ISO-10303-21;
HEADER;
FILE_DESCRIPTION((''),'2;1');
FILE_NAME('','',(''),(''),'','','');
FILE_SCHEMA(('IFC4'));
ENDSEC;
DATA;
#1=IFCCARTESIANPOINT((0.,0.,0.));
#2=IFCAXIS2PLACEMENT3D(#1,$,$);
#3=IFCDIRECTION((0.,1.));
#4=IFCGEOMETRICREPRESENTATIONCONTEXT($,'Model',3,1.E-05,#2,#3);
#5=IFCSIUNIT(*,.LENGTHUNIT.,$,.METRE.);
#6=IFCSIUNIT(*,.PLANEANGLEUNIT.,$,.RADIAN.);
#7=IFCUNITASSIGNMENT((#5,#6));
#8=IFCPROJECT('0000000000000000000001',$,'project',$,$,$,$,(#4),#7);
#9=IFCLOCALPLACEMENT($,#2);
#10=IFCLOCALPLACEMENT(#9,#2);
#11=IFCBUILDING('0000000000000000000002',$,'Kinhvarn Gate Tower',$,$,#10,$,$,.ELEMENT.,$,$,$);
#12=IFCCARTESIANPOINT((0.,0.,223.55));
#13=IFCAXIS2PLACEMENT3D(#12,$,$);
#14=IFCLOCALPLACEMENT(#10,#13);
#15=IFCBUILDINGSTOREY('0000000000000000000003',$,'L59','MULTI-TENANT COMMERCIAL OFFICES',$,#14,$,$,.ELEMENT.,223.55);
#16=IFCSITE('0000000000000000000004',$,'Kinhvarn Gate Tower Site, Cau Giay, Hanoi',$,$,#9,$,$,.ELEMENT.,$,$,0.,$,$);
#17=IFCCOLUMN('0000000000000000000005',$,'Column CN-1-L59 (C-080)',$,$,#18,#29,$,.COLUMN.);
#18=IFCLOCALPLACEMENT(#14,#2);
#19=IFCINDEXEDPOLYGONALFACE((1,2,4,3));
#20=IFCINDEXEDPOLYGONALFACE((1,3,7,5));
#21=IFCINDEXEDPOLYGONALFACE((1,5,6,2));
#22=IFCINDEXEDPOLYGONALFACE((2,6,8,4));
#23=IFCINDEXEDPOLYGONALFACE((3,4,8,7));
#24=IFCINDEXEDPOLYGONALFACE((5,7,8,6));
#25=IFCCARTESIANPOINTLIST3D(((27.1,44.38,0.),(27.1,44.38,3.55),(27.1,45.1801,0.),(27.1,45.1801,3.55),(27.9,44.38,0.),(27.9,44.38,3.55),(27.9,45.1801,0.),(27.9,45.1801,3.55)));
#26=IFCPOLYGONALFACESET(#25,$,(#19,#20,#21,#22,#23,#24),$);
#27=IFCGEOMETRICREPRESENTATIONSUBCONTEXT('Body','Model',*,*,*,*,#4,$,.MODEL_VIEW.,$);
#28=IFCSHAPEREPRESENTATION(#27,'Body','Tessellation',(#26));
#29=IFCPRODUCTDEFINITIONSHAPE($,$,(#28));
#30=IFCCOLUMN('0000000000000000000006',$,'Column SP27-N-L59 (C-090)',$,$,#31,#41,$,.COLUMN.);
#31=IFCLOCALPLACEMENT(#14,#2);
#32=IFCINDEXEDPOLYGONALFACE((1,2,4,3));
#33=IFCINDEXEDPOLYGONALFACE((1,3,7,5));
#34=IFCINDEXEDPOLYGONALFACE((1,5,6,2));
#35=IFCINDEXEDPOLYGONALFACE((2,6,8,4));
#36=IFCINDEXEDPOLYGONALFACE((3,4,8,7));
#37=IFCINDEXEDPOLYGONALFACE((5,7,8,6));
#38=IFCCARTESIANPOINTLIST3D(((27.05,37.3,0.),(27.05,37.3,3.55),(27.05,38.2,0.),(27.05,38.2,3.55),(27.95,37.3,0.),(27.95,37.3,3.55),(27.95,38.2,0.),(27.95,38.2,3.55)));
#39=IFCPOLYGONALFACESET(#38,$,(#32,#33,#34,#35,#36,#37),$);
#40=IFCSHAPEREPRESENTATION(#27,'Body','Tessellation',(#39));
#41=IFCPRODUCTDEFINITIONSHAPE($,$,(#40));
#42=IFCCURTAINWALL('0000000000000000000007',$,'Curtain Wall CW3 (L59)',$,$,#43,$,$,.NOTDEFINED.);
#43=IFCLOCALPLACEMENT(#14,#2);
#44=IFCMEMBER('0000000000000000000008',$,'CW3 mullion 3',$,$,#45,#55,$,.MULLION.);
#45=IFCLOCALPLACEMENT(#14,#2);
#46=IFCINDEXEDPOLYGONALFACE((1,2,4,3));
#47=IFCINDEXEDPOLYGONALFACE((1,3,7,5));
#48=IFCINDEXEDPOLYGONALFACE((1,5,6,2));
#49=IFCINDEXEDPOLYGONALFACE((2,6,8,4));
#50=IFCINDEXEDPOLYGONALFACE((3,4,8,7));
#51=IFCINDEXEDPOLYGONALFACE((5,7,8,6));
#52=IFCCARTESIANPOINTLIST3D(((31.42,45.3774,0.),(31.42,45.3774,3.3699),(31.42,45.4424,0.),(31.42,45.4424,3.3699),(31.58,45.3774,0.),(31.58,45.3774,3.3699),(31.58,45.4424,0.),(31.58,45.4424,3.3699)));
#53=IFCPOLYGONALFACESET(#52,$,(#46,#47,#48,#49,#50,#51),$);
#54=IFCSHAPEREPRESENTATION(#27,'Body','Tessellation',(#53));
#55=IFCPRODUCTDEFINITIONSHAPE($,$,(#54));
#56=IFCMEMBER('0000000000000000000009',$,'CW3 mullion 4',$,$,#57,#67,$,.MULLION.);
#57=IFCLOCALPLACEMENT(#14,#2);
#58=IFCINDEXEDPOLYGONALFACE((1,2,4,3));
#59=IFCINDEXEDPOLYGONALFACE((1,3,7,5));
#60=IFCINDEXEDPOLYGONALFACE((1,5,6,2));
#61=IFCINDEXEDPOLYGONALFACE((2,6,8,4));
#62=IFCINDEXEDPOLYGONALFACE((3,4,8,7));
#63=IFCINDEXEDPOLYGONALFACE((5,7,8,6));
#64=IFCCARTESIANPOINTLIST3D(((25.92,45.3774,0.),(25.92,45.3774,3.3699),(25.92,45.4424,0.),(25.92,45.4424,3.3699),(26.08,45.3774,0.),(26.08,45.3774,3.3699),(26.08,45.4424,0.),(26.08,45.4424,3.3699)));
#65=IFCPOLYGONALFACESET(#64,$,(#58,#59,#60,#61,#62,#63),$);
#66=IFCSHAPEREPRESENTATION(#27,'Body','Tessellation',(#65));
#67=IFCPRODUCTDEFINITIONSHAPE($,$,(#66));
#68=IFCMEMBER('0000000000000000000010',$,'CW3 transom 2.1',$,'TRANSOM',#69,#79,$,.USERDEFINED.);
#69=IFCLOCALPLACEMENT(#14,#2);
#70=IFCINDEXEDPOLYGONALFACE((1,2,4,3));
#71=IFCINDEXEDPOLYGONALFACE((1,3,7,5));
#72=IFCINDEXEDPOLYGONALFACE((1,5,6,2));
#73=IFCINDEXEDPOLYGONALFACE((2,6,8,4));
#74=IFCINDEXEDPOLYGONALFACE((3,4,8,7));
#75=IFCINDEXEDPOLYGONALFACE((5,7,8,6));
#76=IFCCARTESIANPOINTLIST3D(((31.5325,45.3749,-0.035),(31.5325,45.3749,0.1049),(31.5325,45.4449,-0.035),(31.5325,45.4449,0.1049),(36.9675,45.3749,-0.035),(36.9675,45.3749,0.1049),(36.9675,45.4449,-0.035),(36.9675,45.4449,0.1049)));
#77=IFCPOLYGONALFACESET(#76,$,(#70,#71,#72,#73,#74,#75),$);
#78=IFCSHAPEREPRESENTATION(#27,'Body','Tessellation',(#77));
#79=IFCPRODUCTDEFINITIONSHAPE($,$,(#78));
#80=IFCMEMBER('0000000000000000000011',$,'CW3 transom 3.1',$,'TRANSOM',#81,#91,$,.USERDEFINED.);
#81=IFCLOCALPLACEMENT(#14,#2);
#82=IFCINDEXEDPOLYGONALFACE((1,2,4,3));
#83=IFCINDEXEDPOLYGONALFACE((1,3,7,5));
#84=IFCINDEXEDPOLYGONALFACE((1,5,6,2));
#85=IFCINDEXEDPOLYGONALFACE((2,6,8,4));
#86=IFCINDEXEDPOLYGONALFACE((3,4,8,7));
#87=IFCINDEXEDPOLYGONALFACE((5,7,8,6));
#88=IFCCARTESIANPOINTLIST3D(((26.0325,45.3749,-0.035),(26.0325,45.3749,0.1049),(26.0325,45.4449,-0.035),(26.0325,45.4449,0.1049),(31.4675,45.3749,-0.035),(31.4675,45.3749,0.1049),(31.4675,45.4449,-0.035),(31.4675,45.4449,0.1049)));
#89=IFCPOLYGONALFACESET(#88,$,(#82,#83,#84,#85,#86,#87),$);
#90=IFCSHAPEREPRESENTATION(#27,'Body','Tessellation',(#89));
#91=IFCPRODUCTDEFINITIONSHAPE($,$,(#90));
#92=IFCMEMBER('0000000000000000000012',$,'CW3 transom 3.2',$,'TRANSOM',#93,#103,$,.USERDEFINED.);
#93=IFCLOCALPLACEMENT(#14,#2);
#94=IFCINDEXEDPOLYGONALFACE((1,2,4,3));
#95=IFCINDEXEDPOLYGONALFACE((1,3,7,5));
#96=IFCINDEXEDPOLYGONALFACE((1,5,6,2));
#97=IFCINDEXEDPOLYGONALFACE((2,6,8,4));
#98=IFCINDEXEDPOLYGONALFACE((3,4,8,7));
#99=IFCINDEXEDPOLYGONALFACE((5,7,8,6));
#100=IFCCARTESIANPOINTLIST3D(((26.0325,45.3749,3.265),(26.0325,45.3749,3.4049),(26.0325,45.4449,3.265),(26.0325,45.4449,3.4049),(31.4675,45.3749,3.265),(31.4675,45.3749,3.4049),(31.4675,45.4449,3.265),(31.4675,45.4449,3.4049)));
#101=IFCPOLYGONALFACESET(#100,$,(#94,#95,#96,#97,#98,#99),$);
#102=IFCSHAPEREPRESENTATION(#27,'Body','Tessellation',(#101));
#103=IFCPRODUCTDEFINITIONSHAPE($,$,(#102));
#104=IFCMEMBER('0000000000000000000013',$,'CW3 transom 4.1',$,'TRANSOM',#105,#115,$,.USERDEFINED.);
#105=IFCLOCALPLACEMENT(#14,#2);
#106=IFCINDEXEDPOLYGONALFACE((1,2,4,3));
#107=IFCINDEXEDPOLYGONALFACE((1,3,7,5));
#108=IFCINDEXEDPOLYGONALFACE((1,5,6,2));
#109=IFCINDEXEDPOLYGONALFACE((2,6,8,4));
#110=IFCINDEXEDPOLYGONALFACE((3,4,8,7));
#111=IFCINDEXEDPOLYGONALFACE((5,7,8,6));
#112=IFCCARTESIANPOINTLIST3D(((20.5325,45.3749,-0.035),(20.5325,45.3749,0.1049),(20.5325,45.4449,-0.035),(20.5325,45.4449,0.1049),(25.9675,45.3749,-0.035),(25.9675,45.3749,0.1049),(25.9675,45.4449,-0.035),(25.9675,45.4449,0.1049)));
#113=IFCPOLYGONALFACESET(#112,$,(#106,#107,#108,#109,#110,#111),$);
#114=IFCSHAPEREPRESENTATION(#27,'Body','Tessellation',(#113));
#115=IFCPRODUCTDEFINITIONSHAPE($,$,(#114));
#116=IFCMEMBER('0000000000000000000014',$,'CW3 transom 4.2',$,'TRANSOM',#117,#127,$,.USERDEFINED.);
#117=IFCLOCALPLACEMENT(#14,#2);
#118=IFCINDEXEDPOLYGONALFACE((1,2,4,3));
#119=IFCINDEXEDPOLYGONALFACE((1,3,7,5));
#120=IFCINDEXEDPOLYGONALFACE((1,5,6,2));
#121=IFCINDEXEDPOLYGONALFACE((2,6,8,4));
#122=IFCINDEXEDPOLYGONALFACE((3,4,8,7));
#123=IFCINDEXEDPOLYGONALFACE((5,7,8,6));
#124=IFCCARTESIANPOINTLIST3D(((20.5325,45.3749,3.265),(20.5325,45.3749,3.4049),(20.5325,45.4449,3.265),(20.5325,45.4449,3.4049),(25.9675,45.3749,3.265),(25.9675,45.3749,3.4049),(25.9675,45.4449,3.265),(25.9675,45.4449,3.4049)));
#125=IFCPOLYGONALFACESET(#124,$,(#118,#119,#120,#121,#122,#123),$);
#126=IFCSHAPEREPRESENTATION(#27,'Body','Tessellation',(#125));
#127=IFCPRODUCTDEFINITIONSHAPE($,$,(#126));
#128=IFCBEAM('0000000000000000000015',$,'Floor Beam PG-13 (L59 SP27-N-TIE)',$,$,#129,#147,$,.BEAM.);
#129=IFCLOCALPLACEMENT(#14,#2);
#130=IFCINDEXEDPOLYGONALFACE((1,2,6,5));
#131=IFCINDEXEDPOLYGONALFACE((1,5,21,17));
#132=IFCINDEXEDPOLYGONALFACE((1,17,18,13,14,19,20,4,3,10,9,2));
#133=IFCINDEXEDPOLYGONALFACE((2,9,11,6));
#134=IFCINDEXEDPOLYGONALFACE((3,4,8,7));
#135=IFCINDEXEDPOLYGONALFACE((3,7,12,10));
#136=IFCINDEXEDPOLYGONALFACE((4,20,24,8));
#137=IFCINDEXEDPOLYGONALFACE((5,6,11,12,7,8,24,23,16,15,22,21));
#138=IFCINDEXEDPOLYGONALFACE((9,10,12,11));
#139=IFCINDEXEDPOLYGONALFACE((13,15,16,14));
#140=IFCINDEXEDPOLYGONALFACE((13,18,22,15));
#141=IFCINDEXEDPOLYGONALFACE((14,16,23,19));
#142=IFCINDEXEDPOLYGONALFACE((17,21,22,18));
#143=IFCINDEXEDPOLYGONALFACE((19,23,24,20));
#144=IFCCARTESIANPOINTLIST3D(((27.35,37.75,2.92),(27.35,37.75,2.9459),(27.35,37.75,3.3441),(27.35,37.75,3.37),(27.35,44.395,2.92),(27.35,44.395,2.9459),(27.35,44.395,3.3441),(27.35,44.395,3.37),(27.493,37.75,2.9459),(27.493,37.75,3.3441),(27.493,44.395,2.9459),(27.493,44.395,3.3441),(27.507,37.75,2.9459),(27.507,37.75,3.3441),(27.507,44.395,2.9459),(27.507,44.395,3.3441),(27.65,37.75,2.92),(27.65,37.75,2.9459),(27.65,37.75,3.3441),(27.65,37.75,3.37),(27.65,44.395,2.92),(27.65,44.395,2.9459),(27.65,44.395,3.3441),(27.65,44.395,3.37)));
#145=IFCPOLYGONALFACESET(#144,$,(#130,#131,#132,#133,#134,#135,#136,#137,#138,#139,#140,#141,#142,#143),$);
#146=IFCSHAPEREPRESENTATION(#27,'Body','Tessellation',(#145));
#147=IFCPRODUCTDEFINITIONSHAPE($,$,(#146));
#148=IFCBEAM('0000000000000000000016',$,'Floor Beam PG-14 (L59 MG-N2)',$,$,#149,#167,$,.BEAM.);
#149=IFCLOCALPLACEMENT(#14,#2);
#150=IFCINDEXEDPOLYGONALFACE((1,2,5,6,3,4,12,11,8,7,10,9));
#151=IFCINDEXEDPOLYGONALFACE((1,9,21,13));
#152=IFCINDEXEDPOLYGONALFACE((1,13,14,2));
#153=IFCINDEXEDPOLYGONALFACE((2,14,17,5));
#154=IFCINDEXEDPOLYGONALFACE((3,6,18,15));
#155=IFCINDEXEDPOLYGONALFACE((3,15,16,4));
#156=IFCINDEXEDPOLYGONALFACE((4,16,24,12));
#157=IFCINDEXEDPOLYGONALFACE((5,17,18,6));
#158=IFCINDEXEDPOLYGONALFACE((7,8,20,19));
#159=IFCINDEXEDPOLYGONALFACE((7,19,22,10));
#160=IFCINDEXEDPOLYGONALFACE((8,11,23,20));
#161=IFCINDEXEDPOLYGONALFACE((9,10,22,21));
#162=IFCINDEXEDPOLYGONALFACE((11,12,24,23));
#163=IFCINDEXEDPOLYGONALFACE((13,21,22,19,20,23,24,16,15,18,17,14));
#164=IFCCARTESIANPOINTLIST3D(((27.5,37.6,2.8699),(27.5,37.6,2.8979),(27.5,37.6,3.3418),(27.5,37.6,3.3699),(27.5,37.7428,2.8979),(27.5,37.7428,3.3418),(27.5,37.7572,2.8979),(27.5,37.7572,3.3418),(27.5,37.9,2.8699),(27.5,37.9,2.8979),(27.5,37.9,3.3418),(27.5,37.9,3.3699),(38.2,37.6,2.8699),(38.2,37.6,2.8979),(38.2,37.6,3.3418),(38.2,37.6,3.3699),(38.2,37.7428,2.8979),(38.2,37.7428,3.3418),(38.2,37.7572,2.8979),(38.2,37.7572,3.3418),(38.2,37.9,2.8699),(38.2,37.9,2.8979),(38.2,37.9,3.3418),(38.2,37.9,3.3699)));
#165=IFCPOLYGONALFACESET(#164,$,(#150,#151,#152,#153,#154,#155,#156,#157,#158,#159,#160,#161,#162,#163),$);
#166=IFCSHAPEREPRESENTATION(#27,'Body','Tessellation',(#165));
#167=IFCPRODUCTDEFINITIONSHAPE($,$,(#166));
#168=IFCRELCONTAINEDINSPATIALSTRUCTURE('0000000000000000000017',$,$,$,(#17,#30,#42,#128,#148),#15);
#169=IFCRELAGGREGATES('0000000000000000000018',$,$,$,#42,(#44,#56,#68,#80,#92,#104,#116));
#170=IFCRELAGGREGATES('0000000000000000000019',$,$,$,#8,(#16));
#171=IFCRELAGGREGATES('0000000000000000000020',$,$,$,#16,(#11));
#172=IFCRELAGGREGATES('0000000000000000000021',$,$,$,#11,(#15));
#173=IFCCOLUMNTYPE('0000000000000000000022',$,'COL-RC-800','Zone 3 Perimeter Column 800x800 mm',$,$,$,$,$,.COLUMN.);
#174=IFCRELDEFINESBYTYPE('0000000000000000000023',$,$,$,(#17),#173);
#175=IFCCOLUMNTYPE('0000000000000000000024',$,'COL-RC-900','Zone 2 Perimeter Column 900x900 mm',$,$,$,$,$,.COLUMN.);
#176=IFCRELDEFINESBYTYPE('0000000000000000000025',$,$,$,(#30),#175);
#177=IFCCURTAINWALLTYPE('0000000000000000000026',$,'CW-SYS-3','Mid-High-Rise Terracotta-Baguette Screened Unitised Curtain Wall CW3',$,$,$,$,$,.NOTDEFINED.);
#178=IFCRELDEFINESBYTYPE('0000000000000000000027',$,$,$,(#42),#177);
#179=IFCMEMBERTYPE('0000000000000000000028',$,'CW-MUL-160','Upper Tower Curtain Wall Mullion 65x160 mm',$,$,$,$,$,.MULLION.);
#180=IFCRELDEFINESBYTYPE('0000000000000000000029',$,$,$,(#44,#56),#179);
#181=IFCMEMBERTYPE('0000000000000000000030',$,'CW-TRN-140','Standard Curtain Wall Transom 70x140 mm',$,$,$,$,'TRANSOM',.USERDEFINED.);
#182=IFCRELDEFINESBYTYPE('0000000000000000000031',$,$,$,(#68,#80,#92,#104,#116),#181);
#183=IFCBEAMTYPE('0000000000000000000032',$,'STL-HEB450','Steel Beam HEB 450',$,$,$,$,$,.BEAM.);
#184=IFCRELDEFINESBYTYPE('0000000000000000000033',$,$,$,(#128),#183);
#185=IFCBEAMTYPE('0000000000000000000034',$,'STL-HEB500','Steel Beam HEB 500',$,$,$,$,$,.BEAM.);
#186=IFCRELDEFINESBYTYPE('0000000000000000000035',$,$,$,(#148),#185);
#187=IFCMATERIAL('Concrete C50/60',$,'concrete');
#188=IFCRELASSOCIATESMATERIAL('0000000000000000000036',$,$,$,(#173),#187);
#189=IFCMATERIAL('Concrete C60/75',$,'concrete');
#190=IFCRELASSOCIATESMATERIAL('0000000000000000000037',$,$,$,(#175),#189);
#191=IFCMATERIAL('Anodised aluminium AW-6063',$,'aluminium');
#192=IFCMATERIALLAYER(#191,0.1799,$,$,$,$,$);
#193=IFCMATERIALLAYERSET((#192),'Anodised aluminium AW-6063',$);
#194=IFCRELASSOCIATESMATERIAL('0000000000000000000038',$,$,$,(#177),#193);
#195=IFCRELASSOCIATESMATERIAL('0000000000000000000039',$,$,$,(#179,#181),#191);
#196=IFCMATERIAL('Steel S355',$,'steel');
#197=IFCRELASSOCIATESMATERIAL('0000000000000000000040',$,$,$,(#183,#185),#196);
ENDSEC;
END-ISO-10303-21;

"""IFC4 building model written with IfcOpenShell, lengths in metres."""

from ifc_helpers import new_model, si_unit, direction, frame, origin, origin_2d, place, context, subcontext, project, spatial, rectangle, i_section, extrude, material, layer, layer_set, material_profile, profile_set, type_object, element, aggregate, save


model = new_model("IFC4")

# Units and contexts
model_context = context("Model", 3, precision=1e-05, world=origin(), true_north=direction((0.0, 1.0)))
body_context = subcontext(model_context, "Body", "Model", "MODEL_VIEW")
ifc_project = project(units=[si_unit("LENGTHUNIT", "METRE"), si_unit("PLANEANGLEUNIT", "RADIAN")], contexts=[model_context])

# Site, building, storey
site_placement = place(None, origin())
site = spatial("IfcSite", under=ifc_project, at=site_placement, Name="Kinhvarn Gate Tower Site, Cau Giay, Hanoi", CompositionType="ELEMENT", RefElevation=0.0)
building_placement = place(site_placement, origin())
building = spatial("IfcBuilding", under=site, at=building_placement, Name="Kinhvarn Gate Tower", CompositionType="ELEMENT")
storey_placement = place(building_placement, frame((0.0, 0.0, 223.55)))
storey = spatial("IfcBuildingStorey", under=building, at=storey_placement, Name="L59", Description="MULTI-TENANT COMMERCIAL OFFICES", CompositionType="ELEMENT", Elevation=223.55)

# Columns
ifc_material_1 = material(Name="Concrete C50/60", Category="concrete")
ifc_material_profile_1 = material_profile(ifc_material_1, rectangle(XDim=0.8, YDim=0.8, at=origin_2d()), Name="RC 800x800")
ifc_profile_set_1 = profile_set([ifc_material_profile_1], Name="Concrete C50/60")
column_type_1 = type_object("IfcColumnType", Name="COL-RC-800", Description="Zone 3 Perimeter Column 800x800 mm", PredefinedType="COLUMN", material=ifc_profile_set_1)
column_1_placement = place(storey_placement, frame((27.5, 44.78, 0.0), z_axis=(0.0, 0.0, 1.0), x_axis=(1.0, 0.0, 0.0)))
element("IfcColumn", 1, at=column_1_placement, inside=storey, type_object=column_type_1, Name="Column CN-1-L59 (C-080)", PredefinedType="COLUMN", context=body_context, shape_type="SweptSolid", body=[
    extrude(rectangle(XDim=0.8, YDim=0.8, at=origin_2d()), origin(), (0.0, 0.0, 1.0), 3.55),
])
ifc_material_2 = material(Name="Concrete C60/75", Category="concrete")
ifc_material_profile_2 = material_profile(ifc_material_2, rectangle(XDim=0.8999, YDim=0.8999, at=origin_2d()), Name="RC 900x900")
ifc_profile_set_2 = profile_set([ifc_material_profile_2], Name="Concrete C60/75")
column_type_2 = type_object("IfcColumnType", Name="COL-RC-900", Description="Zone 2 Perimeter Column 900x900 mm", PredefinedType="COLUMN", material=ifc_profile_set_2)
column_2_placement = place(storey_placement, frame((27.5, 37.75, 0.0), z_axis=(0.0, 0.0, 1.0), x_axis=(1.0, 0.0, 0.0)))
element("IfcColumn", 2, at=column_2_placement, inside=storey, type_object=column_type_2, Name="Column SP27-N-L59 (C-090)", PredefinedType="COLUMN", context=body_context, shape_type="SweptSolid", body=[
    extrude(rectangle(XDim=0.8999, YDim=0.8999, at=origin_2d()), origin(), (0.0, 0.0, 1.0), 3.55),
])

# Curtain wall, members
ifc_material_3 = material(Name="Anodised aluminium AW-6063", Category="aluminium")
ifc_layer_1 = layer(ifc_material_3, 0.1799)
ifc_layer_set_1 = layer_set([ifc_layer_1], Name="Anodised aluminium AW-6063")
curtain_wall_type = type_object("IfcCurtainWallType", Name="CW-SYS-3", Description="Mid-High-Rise Terracotta-Baguette Screened Unitised Curtain Wall CW3", PredefinedType="NOTDEFINED", material=ifc_layer_set_1)
curtain_wall_placement = place(storey_placement, origin())
curtain_wall = element("IfcCurtainWall", 3, at=curtain_wall_placement, inside=storey, type_object=curtain_wall_type, Name="Curtain Wall CW3 (L59)", PredefinedType="NOTDEFINED")
ifc_material_profile_3 = material_profile(ifc_material_3, rectangle(XDim=0.0649, YDim=0.1599, at=origin_2d()), Name="ALU 65x160")
ifc_profile_set_3 = profile_set([ifc_material_profile_3], Name="Anodised aluminium AW-6063")
member_type_1 = type_object("IfcMemberType", Name="CW-MUL-160", Description="Upper Tower Curtain Wall Mullion 65x160 mm", PredefinedType="MULLION", material=ifc_profile_set_3)
member_1_placement = place(storey_placement, frame((31.5, 45.4099, 0.0), z_axis=(0.0, 0.0, 1.0), x_axis=(0.0, -1.0, 0.0)))
member_1 = element("IfcMember", 4, at=member_1_placement, type_object=member_type_1, Name="CW3 mullion 3", PredefinedType="MULLION", context=body_context, shape_type="SweptSolid", body=[
    extrude(rectangle(XDim=0.0649, YDim=0.1599, at=origin_2d()), origin(), (0.0, 0.0, 1.0), 3.3699),
])
member_2_placement = place(storey_placement, frame((26.0, 45.4099, 0.0), z_axis=(0.0, 0.0, 1.0), x_axis=(0.0, -1.0, 0.0)))
member_2 = element("IfcMember", 5, at=member_2_placement, type_object=member_type_1, Name="CW3 mullion 4", PredefinedType="MULLION", context=body_context, shape_type="SweptSolid", body=[
    extrude(rectangle(XDim=0.0649, YDim=0.1599, at=origin_2d()), origin(), (0.0, 0.0, 1.0), 3.3699),
])
ifc_material_profile_4 = material_profile(ifc_material_3, rectangle(XDim=0.0701, YDim=0.1399, at=origin_2d()), Name="ALU 70x140")
ifc_profile_set_4 = profile_set([ifc_material_profile_4], Name="Anodised aluminium AW-6063")
member_type_2 = type_object("IfcMemberType", Name="CW-TRN-140", Description="Standard Curtain Wall Transom 70x140 mm", ElementType="TRANSOM", PredefinedType="USERDEFINED", material=ifc_profile_set_4)
member_3_placement = place(storey_placement, frame((36.9675, 45.4099, 0.0349), z_axis=(-1.0, 0.0, 0.0), x_axis=(0.0, -1.0, 0.0)))
member_3 = element("IfcMember", 6, at=member_3_placement, type_object=member_type_2, Name="CW3 transom 2.1", ObjectType="TRANSOM", PredefinedType="USERDEFINED", context=body_context, shape_type="SweptSolid", body=[
    extrude(rectangle(XDim=0.0701, YDim=0.1399, at=origin_2d()), origin(), (0.0, 0.0, 1.0), 5.4351),
])
member_4_placement = place(storey_placement, frame((31.4675, 45.4099, 0.0349), z_axis=(-1.0, 0.0, 0.0), x_axis=(0.0, -1.0, 0.0)))
member_4 = element("IfcMember", 7, at=member_4_placement, type_object=member_type_2, Name="CW3 transom 3.1", ObjectType="TRANSOM", PredefinedType="USERDEFINED", context=body_context, shape_type="SweptSolid", body=[
    extrude(rectangle(XDim=0.0701, YDim=0.1399, at=origin_2d()), origin(), (0.0, 0.0, 1.0), 5.4351),
])
member_5_placement = place(storey_placement, frame((31.4675, 45.4099, 3.335), z_axis=(-1.0, 0.0, 0.0), x_axis=(0.0, -1.0, 0.0)))
member_5 = element("IfcMember", 8, at=member_5_placement, type_object=member_type_2, Name="CW3 transom 3.2", ObjectType="TRANSOM", PredefinedType="USERDEFINED", context=body_context, shape_type="SweptSolid", body=[
    extrude(rectangle(XDim=0.0701, YDim=0.1399, at=origin_2d()), origin(), (0.0, 0.0, 1.0), 5.4351),
])
member_6_placement = place(storey_placement, frame((25.9675, 45.4099, 0.0349), z_axis=(-1.0, 0.0, 0.0), x_axis=(0.0, -1.0, 0.0)))
member_6 = element("IfcMember", 9, at=member_6_placement, type_object=member_type_2, Name="CW3 transom 4.1", ObjectType="TRANSOM", PredefinedType="USERDEFINED", context=body_context, shape_type="SweptSolid", body=[
    extrude(rectangle(XDim=0.0701, YDim=0.1399, at=origin_2d()), origin(), (0.0, 0.0, 1.0), 5.4351),
])
member_7_placement = place(storey_placement, frame((25.9675, 45.4099, 3.335), z_axis=(-1.0, 0.0, 0.0), x_axis=(0.0, -1.0, 0.0)))
member_7 = element("IfcMember", 10, at=member_7_placement, type_object=member_type_2, Name="CW3 transom 4.2", ObjectType="TRANSOM", PredefinedType="USERDEFINED", context=body_context, shape_type="SweptSolid", body=[
    extrude(rectangle(XDim=0.0701, YDim=0.1399, at=origin_2d()), origin(), (0.0, 0.0, 1.0), 5.4351),
])

# Beams
ifc_material_4 = material(Name="Steel S355", Category="steel")
ifc_material_profile_5 = material_profile(ifc_material_4, i_section(OverallWidth=0.3, OverallDepth=0.45, WebThickness=0.0139, FlangeThickness=0.0259, at=origin_2d()), Name="HEB 450")
ifc_profile_set_5 = profile_set([ifc_material_profile_5], Name="Steel S355")
beam_type_1 = type_object("IfcBeamType", Name="STL-HEB450", Description="Steel Beam HEB 450", PredefinedType="BEAM", material=ifc_profile_set_5)
beam_1_placement = place(storey_placement, frame((27.5, 37.75, 3.145), z_axis=(0.0, 1.0, 0.0), x_axis=(-1.0, 0.0, 0.0)))
element("IfcBeam", 11, at=beam_1_placement, inside=storey, type_object=beam_type_1, Name="Floor Beam PG-13 (L59 SP27-N-TIE)", PredefinedType="BEAM", context=body_context, shape_type="SweptSolid", body=[
    extrude(i_section(OverallWidth=0.3, OverallDepth=0.45, WebThickness=0.0139, FlangeThickness=0.0259, at=origin_2d()), origin(), (0.0, 0.0, 1.0), 6.645),
])
ifc_material_profile_6 = material_profile(ifc_material_4, i_section(OverallWidth=0.3, OverallDepth=0.5, WebThickness=0.0144, FlangeThickness=0.0281, at=origin_2d()), Name="HEB 500")
ifc_profile_set_6 = profile_set([ifc_material_profile_6], Name="Steel S355")
beam_type_2 = type_object("IfcBeamType", Name="STL-HEB500", Description="Steel Beam HEB 500", PredefinedType="BEAM", material=ifc_profile_set_6)
beam_2_placement = place(storey_placement, frame((27.5, 37.75, 3.1199), z_axis=(1.0, 0.0, 0.0), x_axis=(0.0, 1.0, 0.0)))
element("IfcBeam", 12, at=beam_2_placement, inside=storey, type_object=beam_type_2, Name="Floor Beam PG-14 (L59 MG-N2)", PredefinedType="BEAM", context=body_context, shape_type="SweptSolid", body=[
    extrude(i_section(OverallWidth=0.3, OverallDepth=0.5, WebThickness=0.0144, FlangeThickness=0.0281, at=origin_2d()), origin(), (0.0, 0.0, 1.0), 10.7),
])

aggregate(curtain_wall, [member_1, member_2, member_3, member_4, member_5, member_6, member_7])

save(model, "model.ifc")
